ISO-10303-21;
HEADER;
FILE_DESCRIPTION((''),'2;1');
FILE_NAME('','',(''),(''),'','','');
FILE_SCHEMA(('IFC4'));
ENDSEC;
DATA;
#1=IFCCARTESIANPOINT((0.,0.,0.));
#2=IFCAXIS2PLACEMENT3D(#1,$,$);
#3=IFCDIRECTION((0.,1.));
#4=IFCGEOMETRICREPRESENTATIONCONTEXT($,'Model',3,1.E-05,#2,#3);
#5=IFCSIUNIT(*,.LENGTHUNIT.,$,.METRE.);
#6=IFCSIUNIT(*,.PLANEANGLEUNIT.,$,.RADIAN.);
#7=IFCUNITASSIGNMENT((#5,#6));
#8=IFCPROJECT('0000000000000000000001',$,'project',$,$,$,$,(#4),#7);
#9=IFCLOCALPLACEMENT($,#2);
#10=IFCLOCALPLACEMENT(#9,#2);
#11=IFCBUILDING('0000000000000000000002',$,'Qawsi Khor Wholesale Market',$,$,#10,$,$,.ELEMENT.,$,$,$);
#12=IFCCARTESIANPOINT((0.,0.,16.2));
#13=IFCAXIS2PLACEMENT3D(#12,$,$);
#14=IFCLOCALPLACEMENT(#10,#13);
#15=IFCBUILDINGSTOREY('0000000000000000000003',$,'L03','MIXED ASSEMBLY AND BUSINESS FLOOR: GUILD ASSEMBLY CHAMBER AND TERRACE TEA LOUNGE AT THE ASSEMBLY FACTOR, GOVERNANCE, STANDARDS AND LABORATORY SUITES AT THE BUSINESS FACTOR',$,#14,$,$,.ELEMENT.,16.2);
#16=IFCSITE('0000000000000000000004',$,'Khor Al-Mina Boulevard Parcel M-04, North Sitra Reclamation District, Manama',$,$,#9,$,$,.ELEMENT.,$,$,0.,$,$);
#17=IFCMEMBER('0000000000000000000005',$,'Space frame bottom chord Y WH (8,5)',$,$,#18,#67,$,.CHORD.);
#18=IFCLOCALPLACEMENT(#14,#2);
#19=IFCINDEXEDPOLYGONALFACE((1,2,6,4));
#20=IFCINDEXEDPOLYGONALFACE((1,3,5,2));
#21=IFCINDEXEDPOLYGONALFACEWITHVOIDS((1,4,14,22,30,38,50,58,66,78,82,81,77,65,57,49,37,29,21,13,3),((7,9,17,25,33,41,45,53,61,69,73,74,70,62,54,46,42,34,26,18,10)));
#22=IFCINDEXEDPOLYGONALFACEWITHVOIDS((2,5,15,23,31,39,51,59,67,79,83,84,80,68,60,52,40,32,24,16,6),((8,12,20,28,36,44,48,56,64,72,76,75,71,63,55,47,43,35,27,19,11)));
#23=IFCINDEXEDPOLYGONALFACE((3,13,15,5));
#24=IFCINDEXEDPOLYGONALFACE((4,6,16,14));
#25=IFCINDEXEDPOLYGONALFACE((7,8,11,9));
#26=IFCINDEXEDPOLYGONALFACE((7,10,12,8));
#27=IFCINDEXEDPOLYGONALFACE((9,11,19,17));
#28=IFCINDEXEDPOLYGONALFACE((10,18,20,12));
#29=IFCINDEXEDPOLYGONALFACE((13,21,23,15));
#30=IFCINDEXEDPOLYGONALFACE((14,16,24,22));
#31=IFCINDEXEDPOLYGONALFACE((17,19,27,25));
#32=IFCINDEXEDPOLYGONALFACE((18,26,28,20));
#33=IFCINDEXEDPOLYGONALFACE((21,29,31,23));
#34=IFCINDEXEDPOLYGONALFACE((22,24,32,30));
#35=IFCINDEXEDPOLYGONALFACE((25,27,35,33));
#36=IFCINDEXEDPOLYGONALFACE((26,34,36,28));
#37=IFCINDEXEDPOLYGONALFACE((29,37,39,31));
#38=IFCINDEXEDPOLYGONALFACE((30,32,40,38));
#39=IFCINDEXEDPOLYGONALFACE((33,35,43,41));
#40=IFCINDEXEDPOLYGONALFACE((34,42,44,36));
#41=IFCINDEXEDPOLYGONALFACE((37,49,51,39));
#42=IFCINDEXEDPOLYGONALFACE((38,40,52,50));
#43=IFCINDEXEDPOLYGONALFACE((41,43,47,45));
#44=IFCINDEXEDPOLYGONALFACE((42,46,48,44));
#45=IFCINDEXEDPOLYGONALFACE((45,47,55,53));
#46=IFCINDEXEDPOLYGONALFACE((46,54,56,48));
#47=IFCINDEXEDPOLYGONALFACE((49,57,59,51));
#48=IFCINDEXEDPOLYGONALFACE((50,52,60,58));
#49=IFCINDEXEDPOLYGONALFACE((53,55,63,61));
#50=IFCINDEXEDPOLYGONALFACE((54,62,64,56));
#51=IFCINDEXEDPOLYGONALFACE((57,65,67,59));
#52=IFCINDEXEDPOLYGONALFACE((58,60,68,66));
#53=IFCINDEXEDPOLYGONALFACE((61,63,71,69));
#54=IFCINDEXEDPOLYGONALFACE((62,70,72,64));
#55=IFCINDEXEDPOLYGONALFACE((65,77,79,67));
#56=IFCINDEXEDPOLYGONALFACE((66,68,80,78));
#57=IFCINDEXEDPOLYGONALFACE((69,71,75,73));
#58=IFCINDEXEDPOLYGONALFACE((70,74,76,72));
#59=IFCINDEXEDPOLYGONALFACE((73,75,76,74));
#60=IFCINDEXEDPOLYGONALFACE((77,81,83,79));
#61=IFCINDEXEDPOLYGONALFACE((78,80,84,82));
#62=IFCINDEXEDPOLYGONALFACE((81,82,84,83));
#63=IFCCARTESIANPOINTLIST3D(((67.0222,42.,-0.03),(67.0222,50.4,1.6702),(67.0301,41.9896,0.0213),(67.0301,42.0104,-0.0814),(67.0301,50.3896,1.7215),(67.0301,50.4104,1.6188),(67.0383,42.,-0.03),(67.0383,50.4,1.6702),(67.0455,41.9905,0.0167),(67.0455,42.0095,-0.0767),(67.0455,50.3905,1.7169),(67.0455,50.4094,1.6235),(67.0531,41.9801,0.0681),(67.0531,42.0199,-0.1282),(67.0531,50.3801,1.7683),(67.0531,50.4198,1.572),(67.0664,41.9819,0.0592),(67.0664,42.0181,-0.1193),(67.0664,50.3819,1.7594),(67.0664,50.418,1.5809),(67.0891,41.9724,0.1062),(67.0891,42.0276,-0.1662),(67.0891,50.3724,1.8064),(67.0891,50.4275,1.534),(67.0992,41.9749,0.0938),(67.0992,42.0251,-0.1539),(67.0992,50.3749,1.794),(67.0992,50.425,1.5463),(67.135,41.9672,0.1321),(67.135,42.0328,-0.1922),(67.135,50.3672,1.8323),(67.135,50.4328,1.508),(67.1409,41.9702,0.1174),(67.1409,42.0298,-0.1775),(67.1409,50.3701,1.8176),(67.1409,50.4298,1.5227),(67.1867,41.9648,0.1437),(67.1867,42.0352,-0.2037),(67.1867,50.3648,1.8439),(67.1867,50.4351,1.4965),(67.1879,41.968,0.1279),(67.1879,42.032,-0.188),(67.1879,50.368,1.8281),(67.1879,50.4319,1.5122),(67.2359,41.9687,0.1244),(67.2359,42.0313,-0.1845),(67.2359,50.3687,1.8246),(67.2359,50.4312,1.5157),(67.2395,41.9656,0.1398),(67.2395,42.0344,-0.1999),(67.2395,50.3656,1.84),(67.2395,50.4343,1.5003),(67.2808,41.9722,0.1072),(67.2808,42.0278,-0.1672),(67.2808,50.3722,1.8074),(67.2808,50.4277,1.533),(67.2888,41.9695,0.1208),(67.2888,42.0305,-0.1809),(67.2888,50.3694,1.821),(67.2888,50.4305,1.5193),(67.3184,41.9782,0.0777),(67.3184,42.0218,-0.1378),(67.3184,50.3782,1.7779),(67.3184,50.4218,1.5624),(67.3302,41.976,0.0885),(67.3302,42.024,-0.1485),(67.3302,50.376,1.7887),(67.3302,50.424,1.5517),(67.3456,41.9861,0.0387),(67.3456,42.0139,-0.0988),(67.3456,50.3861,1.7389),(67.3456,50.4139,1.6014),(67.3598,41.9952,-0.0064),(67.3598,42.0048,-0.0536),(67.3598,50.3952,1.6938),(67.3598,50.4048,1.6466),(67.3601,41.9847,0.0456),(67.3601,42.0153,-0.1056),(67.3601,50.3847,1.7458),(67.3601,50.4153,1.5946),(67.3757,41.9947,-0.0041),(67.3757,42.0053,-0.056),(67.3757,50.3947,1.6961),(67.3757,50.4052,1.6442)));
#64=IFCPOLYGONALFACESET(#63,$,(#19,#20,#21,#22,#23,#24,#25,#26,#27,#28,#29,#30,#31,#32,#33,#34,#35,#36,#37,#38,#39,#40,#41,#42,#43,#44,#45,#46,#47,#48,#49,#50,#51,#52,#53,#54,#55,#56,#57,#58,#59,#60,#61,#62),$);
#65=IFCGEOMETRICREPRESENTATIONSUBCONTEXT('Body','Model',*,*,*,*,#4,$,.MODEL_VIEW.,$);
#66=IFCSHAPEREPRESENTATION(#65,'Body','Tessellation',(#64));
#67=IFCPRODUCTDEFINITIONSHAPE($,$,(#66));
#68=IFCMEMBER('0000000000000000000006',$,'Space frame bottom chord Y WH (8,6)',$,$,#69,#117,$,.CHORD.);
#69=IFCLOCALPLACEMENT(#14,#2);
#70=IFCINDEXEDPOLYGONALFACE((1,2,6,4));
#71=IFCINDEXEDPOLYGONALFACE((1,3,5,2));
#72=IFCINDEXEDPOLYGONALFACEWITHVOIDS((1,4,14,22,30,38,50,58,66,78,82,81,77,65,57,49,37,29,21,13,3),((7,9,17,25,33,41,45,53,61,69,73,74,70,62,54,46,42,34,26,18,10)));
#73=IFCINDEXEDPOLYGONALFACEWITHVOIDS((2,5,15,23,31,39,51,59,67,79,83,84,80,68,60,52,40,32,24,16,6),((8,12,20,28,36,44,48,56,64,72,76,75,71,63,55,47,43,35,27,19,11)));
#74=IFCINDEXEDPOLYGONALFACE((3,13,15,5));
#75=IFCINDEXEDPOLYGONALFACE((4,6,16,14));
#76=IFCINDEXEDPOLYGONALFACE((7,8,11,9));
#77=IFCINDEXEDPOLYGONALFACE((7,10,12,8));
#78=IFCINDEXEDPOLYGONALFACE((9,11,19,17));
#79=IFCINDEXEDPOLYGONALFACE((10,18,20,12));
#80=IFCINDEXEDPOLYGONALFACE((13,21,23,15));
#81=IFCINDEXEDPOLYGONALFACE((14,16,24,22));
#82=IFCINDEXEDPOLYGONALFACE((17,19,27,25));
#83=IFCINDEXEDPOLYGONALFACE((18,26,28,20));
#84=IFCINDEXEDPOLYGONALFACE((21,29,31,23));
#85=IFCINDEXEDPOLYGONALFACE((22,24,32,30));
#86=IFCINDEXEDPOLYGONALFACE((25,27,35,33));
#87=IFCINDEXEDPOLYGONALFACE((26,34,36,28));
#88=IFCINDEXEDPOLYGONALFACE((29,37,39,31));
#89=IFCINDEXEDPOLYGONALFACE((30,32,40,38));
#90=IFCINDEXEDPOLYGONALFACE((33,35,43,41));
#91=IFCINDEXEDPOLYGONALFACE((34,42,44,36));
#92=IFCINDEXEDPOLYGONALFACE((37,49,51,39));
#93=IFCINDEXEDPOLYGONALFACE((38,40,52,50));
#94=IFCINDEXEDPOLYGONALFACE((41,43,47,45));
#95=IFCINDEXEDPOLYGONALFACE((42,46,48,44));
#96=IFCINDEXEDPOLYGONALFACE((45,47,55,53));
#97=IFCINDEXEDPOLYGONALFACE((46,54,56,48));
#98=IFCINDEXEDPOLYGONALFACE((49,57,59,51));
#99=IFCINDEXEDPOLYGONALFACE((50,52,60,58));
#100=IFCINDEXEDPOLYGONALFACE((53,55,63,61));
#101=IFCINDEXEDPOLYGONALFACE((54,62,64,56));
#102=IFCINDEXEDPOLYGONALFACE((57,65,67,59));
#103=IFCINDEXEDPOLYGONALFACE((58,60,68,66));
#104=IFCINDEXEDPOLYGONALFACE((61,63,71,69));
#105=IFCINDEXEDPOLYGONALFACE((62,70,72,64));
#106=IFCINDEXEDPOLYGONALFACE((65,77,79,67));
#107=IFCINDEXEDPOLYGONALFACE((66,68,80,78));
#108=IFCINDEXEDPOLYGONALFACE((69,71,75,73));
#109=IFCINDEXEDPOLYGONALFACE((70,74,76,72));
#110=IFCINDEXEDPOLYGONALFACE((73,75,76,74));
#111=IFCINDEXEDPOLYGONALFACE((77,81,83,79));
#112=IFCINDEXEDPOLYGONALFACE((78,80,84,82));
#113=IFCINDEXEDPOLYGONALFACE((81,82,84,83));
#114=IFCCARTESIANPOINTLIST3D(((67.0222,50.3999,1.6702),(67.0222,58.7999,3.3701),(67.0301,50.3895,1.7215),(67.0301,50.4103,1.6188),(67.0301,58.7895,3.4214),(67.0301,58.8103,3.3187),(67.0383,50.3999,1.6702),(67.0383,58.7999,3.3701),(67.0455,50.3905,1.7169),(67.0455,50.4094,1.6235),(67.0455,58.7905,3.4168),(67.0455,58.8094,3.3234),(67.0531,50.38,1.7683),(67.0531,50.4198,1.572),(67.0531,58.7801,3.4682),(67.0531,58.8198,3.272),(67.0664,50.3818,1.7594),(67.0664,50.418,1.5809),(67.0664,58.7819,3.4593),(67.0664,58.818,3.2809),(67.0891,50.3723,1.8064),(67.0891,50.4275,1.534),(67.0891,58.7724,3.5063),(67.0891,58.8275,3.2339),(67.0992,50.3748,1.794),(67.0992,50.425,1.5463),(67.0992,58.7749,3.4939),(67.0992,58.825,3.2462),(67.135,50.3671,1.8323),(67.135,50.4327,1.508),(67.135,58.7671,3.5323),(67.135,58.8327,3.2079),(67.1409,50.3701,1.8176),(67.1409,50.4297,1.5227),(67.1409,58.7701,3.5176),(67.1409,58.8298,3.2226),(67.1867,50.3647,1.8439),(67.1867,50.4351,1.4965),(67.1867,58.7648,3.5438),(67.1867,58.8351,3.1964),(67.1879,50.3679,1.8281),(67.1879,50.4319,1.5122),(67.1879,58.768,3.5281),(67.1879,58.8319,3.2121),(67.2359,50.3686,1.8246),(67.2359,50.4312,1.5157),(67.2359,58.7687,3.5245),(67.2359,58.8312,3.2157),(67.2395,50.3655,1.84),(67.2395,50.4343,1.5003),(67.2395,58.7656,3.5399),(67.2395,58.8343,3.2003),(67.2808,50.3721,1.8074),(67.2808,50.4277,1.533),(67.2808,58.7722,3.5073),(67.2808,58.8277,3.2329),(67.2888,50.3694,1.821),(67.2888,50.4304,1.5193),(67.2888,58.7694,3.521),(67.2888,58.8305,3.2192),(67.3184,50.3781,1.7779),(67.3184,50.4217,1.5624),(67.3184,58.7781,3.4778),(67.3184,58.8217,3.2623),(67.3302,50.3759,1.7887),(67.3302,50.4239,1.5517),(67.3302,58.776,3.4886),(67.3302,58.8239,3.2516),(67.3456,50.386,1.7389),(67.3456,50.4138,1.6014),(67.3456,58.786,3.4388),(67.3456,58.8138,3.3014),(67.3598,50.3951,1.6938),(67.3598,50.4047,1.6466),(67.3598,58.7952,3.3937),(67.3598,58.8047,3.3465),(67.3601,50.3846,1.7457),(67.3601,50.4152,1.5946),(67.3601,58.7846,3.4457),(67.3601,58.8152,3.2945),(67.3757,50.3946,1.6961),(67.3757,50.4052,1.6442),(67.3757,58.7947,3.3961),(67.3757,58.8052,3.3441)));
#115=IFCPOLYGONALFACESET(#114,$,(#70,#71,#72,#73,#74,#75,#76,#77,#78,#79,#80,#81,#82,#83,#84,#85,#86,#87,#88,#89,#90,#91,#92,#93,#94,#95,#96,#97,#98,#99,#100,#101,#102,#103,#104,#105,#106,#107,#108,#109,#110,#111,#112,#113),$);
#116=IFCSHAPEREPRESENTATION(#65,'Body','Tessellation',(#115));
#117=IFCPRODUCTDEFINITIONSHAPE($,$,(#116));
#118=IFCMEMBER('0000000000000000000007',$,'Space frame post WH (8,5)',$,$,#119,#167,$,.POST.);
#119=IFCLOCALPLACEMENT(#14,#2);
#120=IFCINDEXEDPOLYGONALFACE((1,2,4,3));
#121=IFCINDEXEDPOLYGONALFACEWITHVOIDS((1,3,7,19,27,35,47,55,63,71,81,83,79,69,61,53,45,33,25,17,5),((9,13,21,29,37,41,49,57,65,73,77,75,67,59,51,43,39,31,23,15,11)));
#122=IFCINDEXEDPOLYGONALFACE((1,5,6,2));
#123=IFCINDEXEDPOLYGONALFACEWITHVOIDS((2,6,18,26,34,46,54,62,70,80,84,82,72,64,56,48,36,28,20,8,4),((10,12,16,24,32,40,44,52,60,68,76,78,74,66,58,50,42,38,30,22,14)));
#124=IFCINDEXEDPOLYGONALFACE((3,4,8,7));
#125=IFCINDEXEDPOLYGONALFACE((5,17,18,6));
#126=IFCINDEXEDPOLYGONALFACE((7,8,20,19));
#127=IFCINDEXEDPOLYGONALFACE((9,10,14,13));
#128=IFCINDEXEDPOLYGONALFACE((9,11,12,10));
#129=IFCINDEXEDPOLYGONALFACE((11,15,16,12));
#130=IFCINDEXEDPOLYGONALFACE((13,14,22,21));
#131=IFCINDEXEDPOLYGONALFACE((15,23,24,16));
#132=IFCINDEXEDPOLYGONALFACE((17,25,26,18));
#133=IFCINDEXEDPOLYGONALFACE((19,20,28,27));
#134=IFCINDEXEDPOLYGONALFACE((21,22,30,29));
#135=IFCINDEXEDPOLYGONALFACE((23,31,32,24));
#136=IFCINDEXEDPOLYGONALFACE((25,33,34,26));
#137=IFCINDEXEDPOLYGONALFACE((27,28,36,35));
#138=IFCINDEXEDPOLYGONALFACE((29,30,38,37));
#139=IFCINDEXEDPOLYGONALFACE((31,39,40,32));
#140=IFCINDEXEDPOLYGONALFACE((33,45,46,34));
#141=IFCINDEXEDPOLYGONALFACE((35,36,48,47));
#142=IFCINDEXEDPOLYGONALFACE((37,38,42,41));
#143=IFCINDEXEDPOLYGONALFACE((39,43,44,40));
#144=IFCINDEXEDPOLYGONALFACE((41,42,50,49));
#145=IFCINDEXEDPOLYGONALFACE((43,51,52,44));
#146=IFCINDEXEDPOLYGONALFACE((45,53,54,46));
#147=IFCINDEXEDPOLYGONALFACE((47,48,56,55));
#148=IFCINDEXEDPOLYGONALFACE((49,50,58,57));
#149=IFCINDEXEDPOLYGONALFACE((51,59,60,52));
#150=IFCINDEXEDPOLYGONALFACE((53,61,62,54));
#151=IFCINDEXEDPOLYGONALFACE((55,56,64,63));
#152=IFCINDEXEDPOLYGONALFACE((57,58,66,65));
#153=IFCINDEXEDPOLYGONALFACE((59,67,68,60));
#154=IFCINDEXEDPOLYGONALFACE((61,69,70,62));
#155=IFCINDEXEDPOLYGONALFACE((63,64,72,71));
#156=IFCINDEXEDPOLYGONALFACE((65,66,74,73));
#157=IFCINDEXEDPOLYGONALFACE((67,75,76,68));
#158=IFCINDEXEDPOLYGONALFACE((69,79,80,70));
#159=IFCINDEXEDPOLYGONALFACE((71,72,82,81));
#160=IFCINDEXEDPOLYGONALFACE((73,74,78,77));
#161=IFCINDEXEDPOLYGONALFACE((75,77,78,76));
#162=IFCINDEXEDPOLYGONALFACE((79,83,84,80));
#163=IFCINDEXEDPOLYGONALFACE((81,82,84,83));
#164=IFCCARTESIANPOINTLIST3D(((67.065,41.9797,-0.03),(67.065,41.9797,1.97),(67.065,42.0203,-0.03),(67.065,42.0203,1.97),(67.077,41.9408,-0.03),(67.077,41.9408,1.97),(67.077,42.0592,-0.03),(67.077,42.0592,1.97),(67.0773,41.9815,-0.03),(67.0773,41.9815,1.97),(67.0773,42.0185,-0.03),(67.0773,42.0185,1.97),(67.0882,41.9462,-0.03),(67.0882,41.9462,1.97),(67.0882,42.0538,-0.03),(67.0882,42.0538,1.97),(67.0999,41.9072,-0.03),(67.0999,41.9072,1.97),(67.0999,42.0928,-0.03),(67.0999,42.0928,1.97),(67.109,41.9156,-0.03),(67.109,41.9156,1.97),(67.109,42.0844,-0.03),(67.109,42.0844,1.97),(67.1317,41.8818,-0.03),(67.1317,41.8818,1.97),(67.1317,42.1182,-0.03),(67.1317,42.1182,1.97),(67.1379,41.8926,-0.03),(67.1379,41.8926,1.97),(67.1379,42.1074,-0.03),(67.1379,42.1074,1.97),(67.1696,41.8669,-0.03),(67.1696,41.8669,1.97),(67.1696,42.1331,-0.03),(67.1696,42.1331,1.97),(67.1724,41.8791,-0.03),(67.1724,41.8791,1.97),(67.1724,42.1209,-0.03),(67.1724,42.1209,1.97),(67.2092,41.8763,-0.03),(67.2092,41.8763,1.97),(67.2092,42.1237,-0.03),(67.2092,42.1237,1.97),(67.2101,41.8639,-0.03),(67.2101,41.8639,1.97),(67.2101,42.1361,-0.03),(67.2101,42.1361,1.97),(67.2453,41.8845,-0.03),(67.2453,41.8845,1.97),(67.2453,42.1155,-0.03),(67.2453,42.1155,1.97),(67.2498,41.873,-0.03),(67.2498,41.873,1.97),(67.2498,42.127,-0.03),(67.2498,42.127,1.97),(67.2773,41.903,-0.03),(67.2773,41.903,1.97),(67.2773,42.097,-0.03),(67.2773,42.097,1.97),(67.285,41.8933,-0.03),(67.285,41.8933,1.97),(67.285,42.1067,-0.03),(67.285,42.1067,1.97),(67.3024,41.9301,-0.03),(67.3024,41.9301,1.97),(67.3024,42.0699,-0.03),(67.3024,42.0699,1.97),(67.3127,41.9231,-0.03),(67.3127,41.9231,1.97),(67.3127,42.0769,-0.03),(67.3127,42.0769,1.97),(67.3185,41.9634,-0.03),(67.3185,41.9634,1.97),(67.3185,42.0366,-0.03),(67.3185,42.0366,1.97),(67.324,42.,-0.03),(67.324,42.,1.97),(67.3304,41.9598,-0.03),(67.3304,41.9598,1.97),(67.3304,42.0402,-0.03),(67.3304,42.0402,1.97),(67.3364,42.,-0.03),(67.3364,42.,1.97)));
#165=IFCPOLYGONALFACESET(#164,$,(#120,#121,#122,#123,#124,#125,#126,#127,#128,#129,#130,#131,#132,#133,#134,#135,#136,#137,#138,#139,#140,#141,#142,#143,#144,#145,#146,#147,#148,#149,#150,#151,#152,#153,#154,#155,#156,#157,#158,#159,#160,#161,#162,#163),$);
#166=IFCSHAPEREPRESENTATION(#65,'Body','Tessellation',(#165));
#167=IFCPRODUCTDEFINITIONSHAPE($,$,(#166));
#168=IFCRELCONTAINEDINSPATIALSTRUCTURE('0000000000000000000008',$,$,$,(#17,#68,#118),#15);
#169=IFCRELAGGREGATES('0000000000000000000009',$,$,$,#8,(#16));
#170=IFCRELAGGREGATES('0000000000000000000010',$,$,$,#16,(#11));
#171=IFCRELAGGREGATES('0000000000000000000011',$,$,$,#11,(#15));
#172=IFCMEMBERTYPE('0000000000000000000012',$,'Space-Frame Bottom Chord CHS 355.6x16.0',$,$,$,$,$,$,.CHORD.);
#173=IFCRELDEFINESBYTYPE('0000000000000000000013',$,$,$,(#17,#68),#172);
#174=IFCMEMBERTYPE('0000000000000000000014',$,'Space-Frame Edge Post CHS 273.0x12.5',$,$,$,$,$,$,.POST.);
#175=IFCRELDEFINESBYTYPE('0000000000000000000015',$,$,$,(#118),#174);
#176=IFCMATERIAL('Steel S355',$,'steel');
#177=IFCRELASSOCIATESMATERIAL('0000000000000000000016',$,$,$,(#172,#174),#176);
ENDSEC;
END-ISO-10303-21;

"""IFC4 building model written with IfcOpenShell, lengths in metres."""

from ifc_helpers import new_model, si_unit, direction, frame, origin, origin_2d, place, context, subcontext, project, spatial, hollow_circle, extrude, material, material_profile, profile_set, type_object, element, save


model = new_model("IFC4")

# Units and contexts
model_context = context("Model", 3, precision=1e-05, world=origin(), true_north=direction((0.0, 1.0)))
body_context = subcontext(model_context, "Body", "Model", "MODEL_VIEW")
ifc_project = project(units=[si_unit("LENGTHUNIT", "METRE"), si_unit("PLANEANGLEUNIT", "RADIAN")], contexts=[model_context])

# Site, building, storey
site_placement = place(None, origin())
site = spatial("IfcSite", under=ifc_project, at=site_placement, Name="Khor Al-Mina Boulevard Parcel M-04, North Sitra Reclamation District, Manama", CompositionType="ELEMENT", RefElevation=0.0)
building_placement = place(site_placement, origin())
building = spatial("IfcBuilding", under=site, at=building_placement, Name="Qawsi Khor Wholesale Market", CompositionType="ELEMENT")
storey_placement = place(building_placement, frame((0.0, 0.0, 16.2)))
storey = spatial("IfcBuildingStorey", under=building, at=storey_placement, Name="L03", Description="MIXED ASSEMBLY AND BUSINESS FLOOR: GUILD ASSEMBLY CHAMBER AND TERRACE TEA LOUNGE AT THE ASSEMBLY FACTOR, GOVERNANCE, STANDARDS AND LABORATORY SUITES AT THE BUSINESS FACTOR", CompositionType="ELEMENT", Elevation=16.2)

# Members
ifc_material_1 = material(Name="Steel S355", Category="steel")
ifc_material_profile_1 = material_profile(ifc_material_1, hollow_circle(Radius=0.1777, WallThickness=0.0161, at=origin_2d()), Name="CHS 355.6x16.0")
ifc_profile_set_1 = profile_set([ifc_material_profile_1], Name="Steel S355")
member_type_1 = type_object("IfcMemberType", Name="Space-Frame Bottom Chord CHS 355.6x16.0", PredefinedType="CHORD", material=ifc_profile_set_1)
for number, where, z_axis, x_axis, name in (
    (1, (67.2, 42.0, -0.03), (0.0, 0.980124, 0.198384), (-1.0, 0.0, 0.0), "Space frame bottom chord Y WH (8,5)"),
    (2, (67.2, 50.3999, 1.6702), (0.0, 0.980131, 0.198351), (-1.0, 0.0, 0.0), "Space frame bottom chord Y WH (8,6)"),
):
    element("IfcMember", number, at=place(storey_placement, frame(where, z_axis=z_axis, x_axis=x_axis)), inside=storey, type_object=member_type_1, Name=name, PredefinedType="CHORD", context=body_context, shape_type="SweptSolid", body=[
        extrude(hollow_circle(Radius=0.1777, WallThickness=0.0161, at=origin_2d()), origin(), (0.0, 0.0, 1.0), 8.5703),
    ])
ifc_material_profile_2 = material_profile(ifc_material_1, hollow_circle(Radius=0.1365, WallThickness=0.0125, at=origin_2d()), Name="CHS 273.0x12.5")
ifc_profile_set_2 = profile_set([ifc_material_profile_2], Name="Steel S355")
member_type_2 = type_object("IfcMemberType", Name="Space-Frame Edge Post CHS 273.0x12.5", PredefinedType="POST", material=ifc_profile_set_2)
member_1_placement = place(storey_placement, frame((67.2, 42.0, -0.03), z_axis=(0.0, 0.0, 1.0), x_axis=(1.0, 0.0, 0.0)))
element("IfcMember", 3, at=member_1_placement, inside=storey, type_object=member_type_2, Name="Space frame post WH (8,5)", PredefinedType="POST", context=body_context, shape_type="SweptSolid", body=[
    extrude(hollow_circle(Radius=0.1365, WallThickness=0.0125, at=origin_2d()), origin(), (0.0, 0.0, 1.0), 2.0),
])

save(model, "model.ifc")
